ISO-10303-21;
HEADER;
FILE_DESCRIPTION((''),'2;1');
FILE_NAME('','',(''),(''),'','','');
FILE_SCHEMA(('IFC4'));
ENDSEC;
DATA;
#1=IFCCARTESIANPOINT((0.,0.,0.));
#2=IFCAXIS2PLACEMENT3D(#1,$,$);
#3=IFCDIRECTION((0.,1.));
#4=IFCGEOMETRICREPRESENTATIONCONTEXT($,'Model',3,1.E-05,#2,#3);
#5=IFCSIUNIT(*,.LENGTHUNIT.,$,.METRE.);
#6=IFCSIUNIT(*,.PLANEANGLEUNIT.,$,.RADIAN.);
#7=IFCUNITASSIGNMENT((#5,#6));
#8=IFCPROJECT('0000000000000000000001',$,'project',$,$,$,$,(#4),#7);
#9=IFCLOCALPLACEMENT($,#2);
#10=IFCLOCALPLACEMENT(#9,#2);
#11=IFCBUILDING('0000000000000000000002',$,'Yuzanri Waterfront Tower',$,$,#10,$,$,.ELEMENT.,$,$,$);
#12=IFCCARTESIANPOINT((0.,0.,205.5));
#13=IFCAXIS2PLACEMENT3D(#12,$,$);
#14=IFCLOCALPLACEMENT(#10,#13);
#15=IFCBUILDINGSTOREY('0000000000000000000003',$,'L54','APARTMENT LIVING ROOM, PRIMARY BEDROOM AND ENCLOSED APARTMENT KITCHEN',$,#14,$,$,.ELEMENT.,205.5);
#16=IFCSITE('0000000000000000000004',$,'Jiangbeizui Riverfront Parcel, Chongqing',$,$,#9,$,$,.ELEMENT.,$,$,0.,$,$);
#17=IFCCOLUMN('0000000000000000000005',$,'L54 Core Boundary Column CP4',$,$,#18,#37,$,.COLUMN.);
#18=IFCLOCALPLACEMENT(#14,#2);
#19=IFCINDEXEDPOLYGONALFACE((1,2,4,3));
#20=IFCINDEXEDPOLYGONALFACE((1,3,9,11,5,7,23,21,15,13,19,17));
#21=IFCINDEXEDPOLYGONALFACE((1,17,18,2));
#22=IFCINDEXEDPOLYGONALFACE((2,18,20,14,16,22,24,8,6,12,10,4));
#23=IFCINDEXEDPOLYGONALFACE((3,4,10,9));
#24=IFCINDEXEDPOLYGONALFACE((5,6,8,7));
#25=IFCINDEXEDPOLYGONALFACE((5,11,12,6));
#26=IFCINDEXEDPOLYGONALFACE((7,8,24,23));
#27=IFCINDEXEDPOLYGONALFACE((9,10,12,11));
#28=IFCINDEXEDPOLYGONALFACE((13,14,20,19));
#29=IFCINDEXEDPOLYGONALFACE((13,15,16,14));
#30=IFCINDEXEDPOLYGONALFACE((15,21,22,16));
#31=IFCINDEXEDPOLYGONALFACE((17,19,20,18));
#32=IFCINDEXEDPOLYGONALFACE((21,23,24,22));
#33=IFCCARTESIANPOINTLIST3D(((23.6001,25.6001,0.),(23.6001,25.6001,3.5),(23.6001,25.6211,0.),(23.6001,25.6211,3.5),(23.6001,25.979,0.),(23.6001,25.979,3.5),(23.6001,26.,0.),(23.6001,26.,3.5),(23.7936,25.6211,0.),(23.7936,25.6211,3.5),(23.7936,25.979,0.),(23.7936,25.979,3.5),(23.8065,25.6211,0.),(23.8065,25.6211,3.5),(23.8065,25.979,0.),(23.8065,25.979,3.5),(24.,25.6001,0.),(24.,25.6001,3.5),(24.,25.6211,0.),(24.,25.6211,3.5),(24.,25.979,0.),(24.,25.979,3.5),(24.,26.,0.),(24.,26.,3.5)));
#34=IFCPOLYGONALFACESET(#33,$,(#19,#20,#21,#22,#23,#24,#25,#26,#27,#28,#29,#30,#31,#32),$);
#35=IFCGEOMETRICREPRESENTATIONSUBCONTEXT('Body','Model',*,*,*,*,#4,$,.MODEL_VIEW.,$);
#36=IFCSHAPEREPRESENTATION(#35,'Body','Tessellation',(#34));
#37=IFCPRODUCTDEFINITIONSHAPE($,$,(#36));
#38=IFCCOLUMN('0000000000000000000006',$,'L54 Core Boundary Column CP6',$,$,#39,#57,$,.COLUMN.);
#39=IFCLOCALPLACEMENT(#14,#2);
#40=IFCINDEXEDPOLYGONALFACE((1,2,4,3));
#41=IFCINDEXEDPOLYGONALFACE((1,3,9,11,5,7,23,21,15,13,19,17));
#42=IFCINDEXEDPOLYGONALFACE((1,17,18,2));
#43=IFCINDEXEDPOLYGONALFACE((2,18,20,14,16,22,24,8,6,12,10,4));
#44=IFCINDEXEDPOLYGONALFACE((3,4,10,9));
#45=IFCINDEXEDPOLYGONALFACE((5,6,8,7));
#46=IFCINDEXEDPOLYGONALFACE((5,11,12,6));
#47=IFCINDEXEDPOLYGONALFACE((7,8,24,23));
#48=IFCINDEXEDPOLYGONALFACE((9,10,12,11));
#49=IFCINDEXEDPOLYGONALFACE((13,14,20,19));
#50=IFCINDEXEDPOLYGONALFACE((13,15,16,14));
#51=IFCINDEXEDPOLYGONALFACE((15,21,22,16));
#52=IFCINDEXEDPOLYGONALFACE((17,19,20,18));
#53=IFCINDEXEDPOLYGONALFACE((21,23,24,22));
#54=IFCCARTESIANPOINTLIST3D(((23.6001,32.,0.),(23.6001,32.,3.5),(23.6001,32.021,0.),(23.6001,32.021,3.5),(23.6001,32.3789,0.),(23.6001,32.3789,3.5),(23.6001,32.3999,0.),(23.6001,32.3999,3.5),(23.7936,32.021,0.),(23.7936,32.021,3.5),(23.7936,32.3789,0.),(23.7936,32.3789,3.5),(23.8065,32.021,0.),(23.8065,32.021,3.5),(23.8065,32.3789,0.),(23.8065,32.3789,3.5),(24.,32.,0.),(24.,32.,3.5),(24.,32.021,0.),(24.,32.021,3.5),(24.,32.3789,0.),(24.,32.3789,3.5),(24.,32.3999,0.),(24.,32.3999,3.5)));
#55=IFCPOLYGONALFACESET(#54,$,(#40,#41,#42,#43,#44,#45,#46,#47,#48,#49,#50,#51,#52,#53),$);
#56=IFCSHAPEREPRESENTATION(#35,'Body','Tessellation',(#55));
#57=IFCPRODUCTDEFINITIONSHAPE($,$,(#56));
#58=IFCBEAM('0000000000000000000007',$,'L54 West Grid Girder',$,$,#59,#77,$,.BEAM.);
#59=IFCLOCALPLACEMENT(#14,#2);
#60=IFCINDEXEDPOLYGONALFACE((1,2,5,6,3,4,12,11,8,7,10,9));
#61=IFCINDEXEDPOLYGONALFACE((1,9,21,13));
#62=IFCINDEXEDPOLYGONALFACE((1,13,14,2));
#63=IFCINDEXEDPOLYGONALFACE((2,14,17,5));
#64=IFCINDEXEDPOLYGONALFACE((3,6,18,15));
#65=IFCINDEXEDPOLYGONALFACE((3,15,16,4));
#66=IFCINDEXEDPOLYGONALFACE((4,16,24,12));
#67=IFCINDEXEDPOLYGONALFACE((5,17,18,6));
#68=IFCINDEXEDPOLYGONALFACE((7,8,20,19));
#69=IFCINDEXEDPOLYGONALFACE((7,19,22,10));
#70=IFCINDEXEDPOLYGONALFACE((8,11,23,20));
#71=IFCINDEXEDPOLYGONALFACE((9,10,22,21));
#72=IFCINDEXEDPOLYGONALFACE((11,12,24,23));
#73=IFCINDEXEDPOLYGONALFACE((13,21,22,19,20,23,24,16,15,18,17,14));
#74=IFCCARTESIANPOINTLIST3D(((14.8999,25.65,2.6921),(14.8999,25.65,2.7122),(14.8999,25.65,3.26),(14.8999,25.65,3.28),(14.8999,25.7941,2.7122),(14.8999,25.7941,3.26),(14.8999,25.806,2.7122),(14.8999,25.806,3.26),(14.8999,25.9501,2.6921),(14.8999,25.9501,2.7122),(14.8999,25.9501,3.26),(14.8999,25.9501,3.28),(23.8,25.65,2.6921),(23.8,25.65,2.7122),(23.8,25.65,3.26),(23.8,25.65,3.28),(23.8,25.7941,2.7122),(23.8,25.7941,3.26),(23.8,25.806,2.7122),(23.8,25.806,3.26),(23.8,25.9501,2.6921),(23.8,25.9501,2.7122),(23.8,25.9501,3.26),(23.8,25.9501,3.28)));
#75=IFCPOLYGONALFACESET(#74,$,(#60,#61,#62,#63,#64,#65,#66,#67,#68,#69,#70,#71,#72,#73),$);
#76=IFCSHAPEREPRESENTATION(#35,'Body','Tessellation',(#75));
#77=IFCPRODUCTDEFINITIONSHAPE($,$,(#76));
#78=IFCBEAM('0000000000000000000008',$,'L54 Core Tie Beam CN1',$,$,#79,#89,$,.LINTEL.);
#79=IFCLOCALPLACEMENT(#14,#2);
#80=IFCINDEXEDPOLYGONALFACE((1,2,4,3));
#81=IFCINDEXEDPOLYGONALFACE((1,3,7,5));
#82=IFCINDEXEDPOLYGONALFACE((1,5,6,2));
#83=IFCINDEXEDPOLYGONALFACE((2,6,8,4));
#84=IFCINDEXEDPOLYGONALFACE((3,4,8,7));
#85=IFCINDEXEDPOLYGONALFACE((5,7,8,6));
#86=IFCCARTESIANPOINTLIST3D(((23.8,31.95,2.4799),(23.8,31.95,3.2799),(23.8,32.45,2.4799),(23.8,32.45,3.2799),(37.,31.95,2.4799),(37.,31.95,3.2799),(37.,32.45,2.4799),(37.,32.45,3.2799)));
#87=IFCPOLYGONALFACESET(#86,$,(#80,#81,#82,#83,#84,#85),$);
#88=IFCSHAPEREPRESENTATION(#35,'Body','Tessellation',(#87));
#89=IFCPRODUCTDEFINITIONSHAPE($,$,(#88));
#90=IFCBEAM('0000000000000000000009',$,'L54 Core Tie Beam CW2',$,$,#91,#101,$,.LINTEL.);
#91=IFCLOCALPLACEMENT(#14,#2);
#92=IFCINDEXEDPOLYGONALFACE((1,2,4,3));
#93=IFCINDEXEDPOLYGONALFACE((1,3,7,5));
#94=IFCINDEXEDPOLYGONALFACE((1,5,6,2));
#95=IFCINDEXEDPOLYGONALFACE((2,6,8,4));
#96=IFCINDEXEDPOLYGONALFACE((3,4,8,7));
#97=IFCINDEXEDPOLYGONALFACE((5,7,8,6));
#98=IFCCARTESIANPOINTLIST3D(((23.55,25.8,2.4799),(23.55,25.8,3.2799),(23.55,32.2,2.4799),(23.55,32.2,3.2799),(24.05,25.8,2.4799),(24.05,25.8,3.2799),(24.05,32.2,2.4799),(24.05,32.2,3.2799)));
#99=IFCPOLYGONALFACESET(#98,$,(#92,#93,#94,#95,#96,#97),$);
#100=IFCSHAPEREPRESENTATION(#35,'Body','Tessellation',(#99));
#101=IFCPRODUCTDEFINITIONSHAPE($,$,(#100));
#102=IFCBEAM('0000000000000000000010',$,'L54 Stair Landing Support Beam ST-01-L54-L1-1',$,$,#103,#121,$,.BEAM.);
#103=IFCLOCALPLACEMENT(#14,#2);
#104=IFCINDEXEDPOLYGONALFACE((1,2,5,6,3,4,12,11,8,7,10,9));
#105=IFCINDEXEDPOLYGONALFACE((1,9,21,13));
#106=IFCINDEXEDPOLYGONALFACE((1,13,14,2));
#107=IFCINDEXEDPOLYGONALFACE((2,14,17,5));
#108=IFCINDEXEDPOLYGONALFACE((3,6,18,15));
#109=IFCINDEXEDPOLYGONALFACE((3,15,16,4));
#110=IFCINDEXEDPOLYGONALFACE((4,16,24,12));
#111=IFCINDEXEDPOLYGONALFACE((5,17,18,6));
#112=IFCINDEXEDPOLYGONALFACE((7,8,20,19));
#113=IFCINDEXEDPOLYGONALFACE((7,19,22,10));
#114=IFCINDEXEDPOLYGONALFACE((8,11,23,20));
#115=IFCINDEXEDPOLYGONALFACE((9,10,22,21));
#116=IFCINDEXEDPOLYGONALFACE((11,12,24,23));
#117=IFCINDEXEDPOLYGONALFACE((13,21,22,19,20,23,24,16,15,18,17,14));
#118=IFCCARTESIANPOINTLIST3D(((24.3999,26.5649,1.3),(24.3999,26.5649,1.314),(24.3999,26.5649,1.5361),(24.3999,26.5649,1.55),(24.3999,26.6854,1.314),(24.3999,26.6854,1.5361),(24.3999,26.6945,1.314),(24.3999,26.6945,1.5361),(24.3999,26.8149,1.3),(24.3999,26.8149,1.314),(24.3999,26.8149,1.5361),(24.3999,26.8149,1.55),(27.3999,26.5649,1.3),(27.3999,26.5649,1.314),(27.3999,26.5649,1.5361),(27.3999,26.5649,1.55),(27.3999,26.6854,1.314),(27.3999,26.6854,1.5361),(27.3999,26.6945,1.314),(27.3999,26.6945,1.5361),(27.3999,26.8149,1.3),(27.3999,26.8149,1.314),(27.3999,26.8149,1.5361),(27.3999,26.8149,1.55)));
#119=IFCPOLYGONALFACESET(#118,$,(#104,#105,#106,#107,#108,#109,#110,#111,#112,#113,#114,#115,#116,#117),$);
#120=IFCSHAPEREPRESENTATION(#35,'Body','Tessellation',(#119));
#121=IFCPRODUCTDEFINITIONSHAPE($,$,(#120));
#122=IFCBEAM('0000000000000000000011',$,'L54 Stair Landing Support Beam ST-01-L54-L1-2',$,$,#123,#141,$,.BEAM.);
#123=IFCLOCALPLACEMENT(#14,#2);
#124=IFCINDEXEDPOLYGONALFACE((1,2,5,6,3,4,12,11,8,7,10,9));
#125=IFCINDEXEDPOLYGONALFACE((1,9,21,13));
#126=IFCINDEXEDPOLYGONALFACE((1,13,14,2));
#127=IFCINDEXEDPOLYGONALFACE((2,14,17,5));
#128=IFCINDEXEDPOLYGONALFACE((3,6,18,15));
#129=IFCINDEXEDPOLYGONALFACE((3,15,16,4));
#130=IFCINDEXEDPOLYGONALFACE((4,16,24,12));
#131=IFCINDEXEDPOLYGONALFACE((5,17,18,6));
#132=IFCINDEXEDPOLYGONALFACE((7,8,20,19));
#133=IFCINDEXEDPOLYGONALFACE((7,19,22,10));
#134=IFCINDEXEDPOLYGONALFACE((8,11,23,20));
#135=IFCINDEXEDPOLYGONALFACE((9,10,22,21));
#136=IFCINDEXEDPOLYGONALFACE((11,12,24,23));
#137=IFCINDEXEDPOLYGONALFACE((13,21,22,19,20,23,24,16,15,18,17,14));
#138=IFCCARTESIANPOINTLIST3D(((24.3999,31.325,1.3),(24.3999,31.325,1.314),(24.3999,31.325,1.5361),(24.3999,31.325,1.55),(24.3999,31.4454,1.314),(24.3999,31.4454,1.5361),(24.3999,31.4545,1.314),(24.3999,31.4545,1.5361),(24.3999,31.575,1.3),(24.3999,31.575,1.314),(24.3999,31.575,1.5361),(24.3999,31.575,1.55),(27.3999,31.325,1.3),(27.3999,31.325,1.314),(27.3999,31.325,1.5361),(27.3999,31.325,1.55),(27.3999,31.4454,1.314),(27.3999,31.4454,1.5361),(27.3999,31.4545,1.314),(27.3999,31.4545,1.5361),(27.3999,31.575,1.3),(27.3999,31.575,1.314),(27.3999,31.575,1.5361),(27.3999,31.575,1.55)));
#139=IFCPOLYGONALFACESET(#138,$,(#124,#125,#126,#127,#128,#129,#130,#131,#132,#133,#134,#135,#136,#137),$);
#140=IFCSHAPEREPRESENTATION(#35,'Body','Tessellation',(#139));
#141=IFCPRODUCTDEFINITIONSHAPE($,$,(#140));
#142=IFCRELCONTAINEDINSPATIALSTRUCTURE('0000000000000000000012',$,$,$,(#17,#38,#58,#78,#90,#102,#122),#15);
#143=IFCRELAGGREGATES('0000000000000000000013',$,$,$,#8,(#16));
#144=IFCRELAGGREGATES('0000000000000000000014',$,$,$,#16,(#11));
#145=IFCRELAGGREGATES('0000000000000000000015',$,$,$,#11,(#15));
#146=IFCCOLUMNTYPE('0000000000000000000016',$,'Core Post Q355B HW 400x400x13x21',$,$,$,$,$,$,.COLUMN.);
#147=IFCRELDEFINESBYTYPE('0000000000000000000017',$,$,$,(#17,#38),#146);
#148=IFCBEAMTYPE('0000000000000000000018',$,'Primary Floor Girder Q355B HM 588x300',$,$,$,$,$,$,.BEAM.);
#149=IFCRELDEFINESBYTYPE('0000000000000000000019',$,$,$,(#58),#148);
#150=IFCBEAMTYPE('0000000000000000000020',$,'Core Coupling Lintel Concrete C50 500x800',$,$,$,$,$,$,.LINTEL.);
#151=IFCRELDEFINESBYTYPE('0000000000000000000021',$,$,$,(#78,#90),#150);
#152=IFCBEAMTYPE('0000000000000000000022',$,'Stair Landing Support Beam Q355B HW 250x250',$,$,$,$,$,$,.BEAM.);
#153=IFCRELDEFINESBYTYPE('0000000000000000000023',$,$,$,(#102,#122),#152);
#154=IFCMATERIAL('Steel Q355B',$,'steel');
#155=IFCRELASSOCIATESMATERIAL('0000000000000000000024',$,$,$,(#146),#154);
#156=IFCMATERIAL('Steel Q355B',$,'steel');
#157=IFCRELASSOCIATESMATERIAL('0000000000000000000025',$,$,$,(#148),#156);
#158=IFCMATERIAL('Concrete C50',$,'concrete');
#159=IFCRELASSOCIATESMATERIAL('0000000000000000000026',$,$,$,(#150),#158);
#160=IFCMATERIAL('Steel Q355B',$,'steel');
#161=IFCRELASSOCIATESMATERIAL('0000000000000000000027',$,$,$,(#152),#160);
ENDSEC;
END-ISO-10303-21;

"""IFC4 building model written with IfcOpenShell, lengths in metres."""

from ifc_helpers import new_model, si_unit, direction, frame, origin, origin_2d, place, context, subcontext, project, spatial, rectangle, i_section, extrude, source, transform, mapped, material, material_profile, profile_set, type_object, element, save


model = new_model("IFC4")

# Units and contexts
model_context = context("Model", 3, precision=1e-05, world=origin(), true_north=direction((0.0, 1.0)))
body_context = subcontext(model_context, "Body", "Model", "MODEL_VIEW")
ifc_project = project(units=[si_unit("LENGTHUNIT", "METRE"), si_unit("PLANEANGLEUNIT", "RADIAN")], contexts=[model_context])

# Site, building, storey
site_placement = place(None, origin())
site = spatial("IfcSite", under=ifc_project, at=site_placement, Name="Jiangbeizui Riverfront Parcel, Chongqing", CompositionType="ELEMENT", RefElevation=0.0)
building_placement = place(site_placement, origin())
building = spatial("IfcBuilding", under=site, at=building_placement, Name="Yuzanri Waterfront Tower", CompositionType="ELEMENT")
storey_placement = place(building_placement, frame((0.0, 0.0, 205.5)))
storey = spatial("IfcBuildingStorey", under=building, at=storey_placement, Name="L54", Description="APARTMENT LIVING ROOM, PRIMARY BEDROOM AND ENCLOSED APARTMENT KITCHEN", CompositionType="ELEMENT", Elevation=205.5)

# Columns
ifc_material_1 = material(Name="Steel Q355B", Category="steel")
ifc_material_profile_1 = material_profile(ifc_material_1, i_section(OverallWidth=0.3999, OverallDepth=0.3999, WebThickness=0.0129, FlangeThickness=0.021, at=origin_2d()), Name="HW 400x400x13x21")
ifc_profile_set_1 = profile_set([ifc_material_profile_1], Name="Steel Q355B")
column_type = type_object("IfcColumnType", Name="Core Post Q355B HW 400x400x13x21", PredefinedType="COLUMN", material=ifc_profile_set_1)
shared_shape_1 = source(origin(), body_context, "Body", "SweptSolid", [
    extrude(i_section(OverallWidth=0.3999, OverallDepth=0.3999, WebThickness=0.0129, FlangeThickness=0.021, at=origin_2d()), origin(), (0.0, 0.0, 1.0), 3.5),
])
for number, where, z_axis, x_axis, name in (
    (1, (23.8, 25.8, 0.0), (0.0, 0.0, 1.0), (1.0, 0.0, 0.0), "L54 Core Boundary Column CP4"),
    (2, (23.8, 32.2, 0.0), (0.0, 0.0, 1.0), (1.0, 0.0, 0.0), "L54 Core Boundary Column CP6"),
):
    element("IfcColumn", number, at=place(storey_placement, frame(where, z_axis=z_axis, x_axis=x_axis)), inside=storey, type_object=column_type, Name=name, PredefinedType="COLUMN", context=body_context, shape_type="MappedRepresentation", body=[
        mapped(shared_shape_1, transform((0.0, 0.0, 0.0), scale=1.0)),
    ])

# Beams
ifc_material_2 = material(Name="Steel Q355B", Category="steel")
ifc_material_profile_2 = material_profile(ifc_material_2, i_section(OverallWidth=0.3, OverallDepth=0.5879, WebThickness=0.012, FlangeThickness=0.02, at=origin_2d()), Name="HM 588x300x12x20")
ifc_profile_set_2 = profile_set([ifc_material_profile_2], Name="Steel Q355B")
beam_type_1 = type_object("IfcBeamType", Name="Primary Floor Girder Q355B HM 588x300", PredefinedType="BEAM", material=ifc_profile_set_2)
shared_shape_2 = source(origin(), body_context, "Body", "SweptSolid", [
    extrude(i_section(OverallWidth=0.3, OverallDepth=0.5879, WebThickness=0.012, FlangeThickness=0.02, at=origin_2d()), origin(), (0.0, 0.0, 1.0), 8.9001),
])
beam_1_placement = place(storey_placement, frame((23.8, 25.8, 2.9861), z_axis=(-1.0, 0.0, 0.0), x_axis=(0.0, -1.0, 0.0)))
element("IfcBeam", 3, at=beam_1_placement, inside=storey, type_object=beam_type_1, Name="L54 West Grid Girder", PredefinedType="BEAM", context=body_context, shape_type="MappedRepresentation", body=[
    mapped(shared_shape_2, transform((0.0, 0.0, 0.0), scale=1.0)),
])
ifc_material_3 = material(Name="Concrete C50", Category="concrete")
ifc_material_profile_3 = material_profile(ifc_material_3, rectangle(XDim=0.5, YDim=0.8, at=origin_2d()), Name="RC 500x800")
ifc_profile_set_3 = profile_set([ifc_material_profile_3], Name="Concrete C50")
beam_type_2 = type_object("IfcBeamType", Name="Core Coupling Lintel Concrete C50 500x800", PredefinedType="LINTEL", material=ifc_profile_set_3)
shared_shape_3 = source(origin(), body_context, "Body", "SweptSolid", [
    extrude(rectangle(XDim=0.5, YDim=0.8, at=origin_2d()), origin(), (0.0, 0.0, 1.0), 13.2),
])
beam_2_placement = place(storey_placement, frame((23.8, 32.2, 2.8799), z_axis=(1.0, 0.0, 0.0), x_axis=(0.0, 1.0, 0.0)))
element("IfcBeam", 4, at=beam_2_placement, inside=storey, type_object=beam_type_2, Name="L54 Core Tie Beam CN1", PredefinedType="LINTEL", context=body_context, shape_type="MappedRepresentation", body=[
    mapped(shared_shape_3, transform((0.0, 0.0, 0.0), scale=1.0)),
])
shared_shape_4 = source(origin(), body_context, "Body", "SweptSolid", [
    extrude(rectangle(XDim=0.5, YDim=0.8, at=origin_2d()), origin(), (0.0, 0.0, 1.0), 6.3999),
])
beam_3_placement = place(storey_placement, frame((23.8, 25.8, 2.8799), z_axis=(0.0, 1.0, 0.0), x_axis=(-1.0, 0.0, 0.0)))
element("IfcBeam", 5, at=beam_3_placement, inside=storey, type_object=beam_type_2, Name="L54 Core Tie Beam CW2", PredefinedType="LINTEL", context=body_context, shape_type="MappedRepresentation", body=[
    mapped(shared_shape_4, transform((0.0, 0.0, 0.0), scale=1.0)),
])
ifc_material_4 = material(Name="Steel Q355B", Category="steel")
ifc_material_profile_4 = material_profile(ifc_material_4, i_section(OverallWidth=0.25, OverallDepth=0.25, WebThickness=0.009, FlangeThickness=0.0139, at=origin_2d()), Name="HW 250x250x9x14")
ifc_profile_set_4 = profile_set([ifc_material_profile_4], Name="Steel Q355B")
beam_type_3 = type_object("IfcBeamType", Name="Stair Landing Support Beam Q355B HW 250x250", PredefinedType="BEAM", material=ifc_profile_set_4)
shared_shape_5 = source(origin(), body_context, "Body", "SweptSolid", [
    extrude(i_section(OverallWidth=0.25, OverallDepth=0.25, WebThickness=0.009, FlangeThickness=0.0139, at=origin_2d()), origin(), (0.0, 0.0, 1.0), 3.0),
])
for number, where, z_axis, x_axis, name in (
    (6, (24.3999, 26.6899, 1.425), (1.0, 0.0, 0.0), (0.0, 1.0, 0.0), "L54 Stair Landing Support Beam ST-01-L54-L1-1"),
    (7, (24.3999, 31.45, 1.425), (1.0, 0.0, 0.0), (0.0, 1.0, 0.0), "L54 Stair Landing Support Beam ST-01-L54-L1-2"),
):
    element("IfcBeam", number, at=place(storey_placement, frame(where, z_axis=z_axis, x_axis=x_axis)), inside=storey, type_object=beam_type_3, Name=name, PredefinedType="BEAM", context=body_context, shape_type="MappedRepresentation", body=[
        mapped(shared_shape_5, transform((0.0, 0.0, 0.0), scale=1.0)),
    ])

save(model, "model.ifc")
